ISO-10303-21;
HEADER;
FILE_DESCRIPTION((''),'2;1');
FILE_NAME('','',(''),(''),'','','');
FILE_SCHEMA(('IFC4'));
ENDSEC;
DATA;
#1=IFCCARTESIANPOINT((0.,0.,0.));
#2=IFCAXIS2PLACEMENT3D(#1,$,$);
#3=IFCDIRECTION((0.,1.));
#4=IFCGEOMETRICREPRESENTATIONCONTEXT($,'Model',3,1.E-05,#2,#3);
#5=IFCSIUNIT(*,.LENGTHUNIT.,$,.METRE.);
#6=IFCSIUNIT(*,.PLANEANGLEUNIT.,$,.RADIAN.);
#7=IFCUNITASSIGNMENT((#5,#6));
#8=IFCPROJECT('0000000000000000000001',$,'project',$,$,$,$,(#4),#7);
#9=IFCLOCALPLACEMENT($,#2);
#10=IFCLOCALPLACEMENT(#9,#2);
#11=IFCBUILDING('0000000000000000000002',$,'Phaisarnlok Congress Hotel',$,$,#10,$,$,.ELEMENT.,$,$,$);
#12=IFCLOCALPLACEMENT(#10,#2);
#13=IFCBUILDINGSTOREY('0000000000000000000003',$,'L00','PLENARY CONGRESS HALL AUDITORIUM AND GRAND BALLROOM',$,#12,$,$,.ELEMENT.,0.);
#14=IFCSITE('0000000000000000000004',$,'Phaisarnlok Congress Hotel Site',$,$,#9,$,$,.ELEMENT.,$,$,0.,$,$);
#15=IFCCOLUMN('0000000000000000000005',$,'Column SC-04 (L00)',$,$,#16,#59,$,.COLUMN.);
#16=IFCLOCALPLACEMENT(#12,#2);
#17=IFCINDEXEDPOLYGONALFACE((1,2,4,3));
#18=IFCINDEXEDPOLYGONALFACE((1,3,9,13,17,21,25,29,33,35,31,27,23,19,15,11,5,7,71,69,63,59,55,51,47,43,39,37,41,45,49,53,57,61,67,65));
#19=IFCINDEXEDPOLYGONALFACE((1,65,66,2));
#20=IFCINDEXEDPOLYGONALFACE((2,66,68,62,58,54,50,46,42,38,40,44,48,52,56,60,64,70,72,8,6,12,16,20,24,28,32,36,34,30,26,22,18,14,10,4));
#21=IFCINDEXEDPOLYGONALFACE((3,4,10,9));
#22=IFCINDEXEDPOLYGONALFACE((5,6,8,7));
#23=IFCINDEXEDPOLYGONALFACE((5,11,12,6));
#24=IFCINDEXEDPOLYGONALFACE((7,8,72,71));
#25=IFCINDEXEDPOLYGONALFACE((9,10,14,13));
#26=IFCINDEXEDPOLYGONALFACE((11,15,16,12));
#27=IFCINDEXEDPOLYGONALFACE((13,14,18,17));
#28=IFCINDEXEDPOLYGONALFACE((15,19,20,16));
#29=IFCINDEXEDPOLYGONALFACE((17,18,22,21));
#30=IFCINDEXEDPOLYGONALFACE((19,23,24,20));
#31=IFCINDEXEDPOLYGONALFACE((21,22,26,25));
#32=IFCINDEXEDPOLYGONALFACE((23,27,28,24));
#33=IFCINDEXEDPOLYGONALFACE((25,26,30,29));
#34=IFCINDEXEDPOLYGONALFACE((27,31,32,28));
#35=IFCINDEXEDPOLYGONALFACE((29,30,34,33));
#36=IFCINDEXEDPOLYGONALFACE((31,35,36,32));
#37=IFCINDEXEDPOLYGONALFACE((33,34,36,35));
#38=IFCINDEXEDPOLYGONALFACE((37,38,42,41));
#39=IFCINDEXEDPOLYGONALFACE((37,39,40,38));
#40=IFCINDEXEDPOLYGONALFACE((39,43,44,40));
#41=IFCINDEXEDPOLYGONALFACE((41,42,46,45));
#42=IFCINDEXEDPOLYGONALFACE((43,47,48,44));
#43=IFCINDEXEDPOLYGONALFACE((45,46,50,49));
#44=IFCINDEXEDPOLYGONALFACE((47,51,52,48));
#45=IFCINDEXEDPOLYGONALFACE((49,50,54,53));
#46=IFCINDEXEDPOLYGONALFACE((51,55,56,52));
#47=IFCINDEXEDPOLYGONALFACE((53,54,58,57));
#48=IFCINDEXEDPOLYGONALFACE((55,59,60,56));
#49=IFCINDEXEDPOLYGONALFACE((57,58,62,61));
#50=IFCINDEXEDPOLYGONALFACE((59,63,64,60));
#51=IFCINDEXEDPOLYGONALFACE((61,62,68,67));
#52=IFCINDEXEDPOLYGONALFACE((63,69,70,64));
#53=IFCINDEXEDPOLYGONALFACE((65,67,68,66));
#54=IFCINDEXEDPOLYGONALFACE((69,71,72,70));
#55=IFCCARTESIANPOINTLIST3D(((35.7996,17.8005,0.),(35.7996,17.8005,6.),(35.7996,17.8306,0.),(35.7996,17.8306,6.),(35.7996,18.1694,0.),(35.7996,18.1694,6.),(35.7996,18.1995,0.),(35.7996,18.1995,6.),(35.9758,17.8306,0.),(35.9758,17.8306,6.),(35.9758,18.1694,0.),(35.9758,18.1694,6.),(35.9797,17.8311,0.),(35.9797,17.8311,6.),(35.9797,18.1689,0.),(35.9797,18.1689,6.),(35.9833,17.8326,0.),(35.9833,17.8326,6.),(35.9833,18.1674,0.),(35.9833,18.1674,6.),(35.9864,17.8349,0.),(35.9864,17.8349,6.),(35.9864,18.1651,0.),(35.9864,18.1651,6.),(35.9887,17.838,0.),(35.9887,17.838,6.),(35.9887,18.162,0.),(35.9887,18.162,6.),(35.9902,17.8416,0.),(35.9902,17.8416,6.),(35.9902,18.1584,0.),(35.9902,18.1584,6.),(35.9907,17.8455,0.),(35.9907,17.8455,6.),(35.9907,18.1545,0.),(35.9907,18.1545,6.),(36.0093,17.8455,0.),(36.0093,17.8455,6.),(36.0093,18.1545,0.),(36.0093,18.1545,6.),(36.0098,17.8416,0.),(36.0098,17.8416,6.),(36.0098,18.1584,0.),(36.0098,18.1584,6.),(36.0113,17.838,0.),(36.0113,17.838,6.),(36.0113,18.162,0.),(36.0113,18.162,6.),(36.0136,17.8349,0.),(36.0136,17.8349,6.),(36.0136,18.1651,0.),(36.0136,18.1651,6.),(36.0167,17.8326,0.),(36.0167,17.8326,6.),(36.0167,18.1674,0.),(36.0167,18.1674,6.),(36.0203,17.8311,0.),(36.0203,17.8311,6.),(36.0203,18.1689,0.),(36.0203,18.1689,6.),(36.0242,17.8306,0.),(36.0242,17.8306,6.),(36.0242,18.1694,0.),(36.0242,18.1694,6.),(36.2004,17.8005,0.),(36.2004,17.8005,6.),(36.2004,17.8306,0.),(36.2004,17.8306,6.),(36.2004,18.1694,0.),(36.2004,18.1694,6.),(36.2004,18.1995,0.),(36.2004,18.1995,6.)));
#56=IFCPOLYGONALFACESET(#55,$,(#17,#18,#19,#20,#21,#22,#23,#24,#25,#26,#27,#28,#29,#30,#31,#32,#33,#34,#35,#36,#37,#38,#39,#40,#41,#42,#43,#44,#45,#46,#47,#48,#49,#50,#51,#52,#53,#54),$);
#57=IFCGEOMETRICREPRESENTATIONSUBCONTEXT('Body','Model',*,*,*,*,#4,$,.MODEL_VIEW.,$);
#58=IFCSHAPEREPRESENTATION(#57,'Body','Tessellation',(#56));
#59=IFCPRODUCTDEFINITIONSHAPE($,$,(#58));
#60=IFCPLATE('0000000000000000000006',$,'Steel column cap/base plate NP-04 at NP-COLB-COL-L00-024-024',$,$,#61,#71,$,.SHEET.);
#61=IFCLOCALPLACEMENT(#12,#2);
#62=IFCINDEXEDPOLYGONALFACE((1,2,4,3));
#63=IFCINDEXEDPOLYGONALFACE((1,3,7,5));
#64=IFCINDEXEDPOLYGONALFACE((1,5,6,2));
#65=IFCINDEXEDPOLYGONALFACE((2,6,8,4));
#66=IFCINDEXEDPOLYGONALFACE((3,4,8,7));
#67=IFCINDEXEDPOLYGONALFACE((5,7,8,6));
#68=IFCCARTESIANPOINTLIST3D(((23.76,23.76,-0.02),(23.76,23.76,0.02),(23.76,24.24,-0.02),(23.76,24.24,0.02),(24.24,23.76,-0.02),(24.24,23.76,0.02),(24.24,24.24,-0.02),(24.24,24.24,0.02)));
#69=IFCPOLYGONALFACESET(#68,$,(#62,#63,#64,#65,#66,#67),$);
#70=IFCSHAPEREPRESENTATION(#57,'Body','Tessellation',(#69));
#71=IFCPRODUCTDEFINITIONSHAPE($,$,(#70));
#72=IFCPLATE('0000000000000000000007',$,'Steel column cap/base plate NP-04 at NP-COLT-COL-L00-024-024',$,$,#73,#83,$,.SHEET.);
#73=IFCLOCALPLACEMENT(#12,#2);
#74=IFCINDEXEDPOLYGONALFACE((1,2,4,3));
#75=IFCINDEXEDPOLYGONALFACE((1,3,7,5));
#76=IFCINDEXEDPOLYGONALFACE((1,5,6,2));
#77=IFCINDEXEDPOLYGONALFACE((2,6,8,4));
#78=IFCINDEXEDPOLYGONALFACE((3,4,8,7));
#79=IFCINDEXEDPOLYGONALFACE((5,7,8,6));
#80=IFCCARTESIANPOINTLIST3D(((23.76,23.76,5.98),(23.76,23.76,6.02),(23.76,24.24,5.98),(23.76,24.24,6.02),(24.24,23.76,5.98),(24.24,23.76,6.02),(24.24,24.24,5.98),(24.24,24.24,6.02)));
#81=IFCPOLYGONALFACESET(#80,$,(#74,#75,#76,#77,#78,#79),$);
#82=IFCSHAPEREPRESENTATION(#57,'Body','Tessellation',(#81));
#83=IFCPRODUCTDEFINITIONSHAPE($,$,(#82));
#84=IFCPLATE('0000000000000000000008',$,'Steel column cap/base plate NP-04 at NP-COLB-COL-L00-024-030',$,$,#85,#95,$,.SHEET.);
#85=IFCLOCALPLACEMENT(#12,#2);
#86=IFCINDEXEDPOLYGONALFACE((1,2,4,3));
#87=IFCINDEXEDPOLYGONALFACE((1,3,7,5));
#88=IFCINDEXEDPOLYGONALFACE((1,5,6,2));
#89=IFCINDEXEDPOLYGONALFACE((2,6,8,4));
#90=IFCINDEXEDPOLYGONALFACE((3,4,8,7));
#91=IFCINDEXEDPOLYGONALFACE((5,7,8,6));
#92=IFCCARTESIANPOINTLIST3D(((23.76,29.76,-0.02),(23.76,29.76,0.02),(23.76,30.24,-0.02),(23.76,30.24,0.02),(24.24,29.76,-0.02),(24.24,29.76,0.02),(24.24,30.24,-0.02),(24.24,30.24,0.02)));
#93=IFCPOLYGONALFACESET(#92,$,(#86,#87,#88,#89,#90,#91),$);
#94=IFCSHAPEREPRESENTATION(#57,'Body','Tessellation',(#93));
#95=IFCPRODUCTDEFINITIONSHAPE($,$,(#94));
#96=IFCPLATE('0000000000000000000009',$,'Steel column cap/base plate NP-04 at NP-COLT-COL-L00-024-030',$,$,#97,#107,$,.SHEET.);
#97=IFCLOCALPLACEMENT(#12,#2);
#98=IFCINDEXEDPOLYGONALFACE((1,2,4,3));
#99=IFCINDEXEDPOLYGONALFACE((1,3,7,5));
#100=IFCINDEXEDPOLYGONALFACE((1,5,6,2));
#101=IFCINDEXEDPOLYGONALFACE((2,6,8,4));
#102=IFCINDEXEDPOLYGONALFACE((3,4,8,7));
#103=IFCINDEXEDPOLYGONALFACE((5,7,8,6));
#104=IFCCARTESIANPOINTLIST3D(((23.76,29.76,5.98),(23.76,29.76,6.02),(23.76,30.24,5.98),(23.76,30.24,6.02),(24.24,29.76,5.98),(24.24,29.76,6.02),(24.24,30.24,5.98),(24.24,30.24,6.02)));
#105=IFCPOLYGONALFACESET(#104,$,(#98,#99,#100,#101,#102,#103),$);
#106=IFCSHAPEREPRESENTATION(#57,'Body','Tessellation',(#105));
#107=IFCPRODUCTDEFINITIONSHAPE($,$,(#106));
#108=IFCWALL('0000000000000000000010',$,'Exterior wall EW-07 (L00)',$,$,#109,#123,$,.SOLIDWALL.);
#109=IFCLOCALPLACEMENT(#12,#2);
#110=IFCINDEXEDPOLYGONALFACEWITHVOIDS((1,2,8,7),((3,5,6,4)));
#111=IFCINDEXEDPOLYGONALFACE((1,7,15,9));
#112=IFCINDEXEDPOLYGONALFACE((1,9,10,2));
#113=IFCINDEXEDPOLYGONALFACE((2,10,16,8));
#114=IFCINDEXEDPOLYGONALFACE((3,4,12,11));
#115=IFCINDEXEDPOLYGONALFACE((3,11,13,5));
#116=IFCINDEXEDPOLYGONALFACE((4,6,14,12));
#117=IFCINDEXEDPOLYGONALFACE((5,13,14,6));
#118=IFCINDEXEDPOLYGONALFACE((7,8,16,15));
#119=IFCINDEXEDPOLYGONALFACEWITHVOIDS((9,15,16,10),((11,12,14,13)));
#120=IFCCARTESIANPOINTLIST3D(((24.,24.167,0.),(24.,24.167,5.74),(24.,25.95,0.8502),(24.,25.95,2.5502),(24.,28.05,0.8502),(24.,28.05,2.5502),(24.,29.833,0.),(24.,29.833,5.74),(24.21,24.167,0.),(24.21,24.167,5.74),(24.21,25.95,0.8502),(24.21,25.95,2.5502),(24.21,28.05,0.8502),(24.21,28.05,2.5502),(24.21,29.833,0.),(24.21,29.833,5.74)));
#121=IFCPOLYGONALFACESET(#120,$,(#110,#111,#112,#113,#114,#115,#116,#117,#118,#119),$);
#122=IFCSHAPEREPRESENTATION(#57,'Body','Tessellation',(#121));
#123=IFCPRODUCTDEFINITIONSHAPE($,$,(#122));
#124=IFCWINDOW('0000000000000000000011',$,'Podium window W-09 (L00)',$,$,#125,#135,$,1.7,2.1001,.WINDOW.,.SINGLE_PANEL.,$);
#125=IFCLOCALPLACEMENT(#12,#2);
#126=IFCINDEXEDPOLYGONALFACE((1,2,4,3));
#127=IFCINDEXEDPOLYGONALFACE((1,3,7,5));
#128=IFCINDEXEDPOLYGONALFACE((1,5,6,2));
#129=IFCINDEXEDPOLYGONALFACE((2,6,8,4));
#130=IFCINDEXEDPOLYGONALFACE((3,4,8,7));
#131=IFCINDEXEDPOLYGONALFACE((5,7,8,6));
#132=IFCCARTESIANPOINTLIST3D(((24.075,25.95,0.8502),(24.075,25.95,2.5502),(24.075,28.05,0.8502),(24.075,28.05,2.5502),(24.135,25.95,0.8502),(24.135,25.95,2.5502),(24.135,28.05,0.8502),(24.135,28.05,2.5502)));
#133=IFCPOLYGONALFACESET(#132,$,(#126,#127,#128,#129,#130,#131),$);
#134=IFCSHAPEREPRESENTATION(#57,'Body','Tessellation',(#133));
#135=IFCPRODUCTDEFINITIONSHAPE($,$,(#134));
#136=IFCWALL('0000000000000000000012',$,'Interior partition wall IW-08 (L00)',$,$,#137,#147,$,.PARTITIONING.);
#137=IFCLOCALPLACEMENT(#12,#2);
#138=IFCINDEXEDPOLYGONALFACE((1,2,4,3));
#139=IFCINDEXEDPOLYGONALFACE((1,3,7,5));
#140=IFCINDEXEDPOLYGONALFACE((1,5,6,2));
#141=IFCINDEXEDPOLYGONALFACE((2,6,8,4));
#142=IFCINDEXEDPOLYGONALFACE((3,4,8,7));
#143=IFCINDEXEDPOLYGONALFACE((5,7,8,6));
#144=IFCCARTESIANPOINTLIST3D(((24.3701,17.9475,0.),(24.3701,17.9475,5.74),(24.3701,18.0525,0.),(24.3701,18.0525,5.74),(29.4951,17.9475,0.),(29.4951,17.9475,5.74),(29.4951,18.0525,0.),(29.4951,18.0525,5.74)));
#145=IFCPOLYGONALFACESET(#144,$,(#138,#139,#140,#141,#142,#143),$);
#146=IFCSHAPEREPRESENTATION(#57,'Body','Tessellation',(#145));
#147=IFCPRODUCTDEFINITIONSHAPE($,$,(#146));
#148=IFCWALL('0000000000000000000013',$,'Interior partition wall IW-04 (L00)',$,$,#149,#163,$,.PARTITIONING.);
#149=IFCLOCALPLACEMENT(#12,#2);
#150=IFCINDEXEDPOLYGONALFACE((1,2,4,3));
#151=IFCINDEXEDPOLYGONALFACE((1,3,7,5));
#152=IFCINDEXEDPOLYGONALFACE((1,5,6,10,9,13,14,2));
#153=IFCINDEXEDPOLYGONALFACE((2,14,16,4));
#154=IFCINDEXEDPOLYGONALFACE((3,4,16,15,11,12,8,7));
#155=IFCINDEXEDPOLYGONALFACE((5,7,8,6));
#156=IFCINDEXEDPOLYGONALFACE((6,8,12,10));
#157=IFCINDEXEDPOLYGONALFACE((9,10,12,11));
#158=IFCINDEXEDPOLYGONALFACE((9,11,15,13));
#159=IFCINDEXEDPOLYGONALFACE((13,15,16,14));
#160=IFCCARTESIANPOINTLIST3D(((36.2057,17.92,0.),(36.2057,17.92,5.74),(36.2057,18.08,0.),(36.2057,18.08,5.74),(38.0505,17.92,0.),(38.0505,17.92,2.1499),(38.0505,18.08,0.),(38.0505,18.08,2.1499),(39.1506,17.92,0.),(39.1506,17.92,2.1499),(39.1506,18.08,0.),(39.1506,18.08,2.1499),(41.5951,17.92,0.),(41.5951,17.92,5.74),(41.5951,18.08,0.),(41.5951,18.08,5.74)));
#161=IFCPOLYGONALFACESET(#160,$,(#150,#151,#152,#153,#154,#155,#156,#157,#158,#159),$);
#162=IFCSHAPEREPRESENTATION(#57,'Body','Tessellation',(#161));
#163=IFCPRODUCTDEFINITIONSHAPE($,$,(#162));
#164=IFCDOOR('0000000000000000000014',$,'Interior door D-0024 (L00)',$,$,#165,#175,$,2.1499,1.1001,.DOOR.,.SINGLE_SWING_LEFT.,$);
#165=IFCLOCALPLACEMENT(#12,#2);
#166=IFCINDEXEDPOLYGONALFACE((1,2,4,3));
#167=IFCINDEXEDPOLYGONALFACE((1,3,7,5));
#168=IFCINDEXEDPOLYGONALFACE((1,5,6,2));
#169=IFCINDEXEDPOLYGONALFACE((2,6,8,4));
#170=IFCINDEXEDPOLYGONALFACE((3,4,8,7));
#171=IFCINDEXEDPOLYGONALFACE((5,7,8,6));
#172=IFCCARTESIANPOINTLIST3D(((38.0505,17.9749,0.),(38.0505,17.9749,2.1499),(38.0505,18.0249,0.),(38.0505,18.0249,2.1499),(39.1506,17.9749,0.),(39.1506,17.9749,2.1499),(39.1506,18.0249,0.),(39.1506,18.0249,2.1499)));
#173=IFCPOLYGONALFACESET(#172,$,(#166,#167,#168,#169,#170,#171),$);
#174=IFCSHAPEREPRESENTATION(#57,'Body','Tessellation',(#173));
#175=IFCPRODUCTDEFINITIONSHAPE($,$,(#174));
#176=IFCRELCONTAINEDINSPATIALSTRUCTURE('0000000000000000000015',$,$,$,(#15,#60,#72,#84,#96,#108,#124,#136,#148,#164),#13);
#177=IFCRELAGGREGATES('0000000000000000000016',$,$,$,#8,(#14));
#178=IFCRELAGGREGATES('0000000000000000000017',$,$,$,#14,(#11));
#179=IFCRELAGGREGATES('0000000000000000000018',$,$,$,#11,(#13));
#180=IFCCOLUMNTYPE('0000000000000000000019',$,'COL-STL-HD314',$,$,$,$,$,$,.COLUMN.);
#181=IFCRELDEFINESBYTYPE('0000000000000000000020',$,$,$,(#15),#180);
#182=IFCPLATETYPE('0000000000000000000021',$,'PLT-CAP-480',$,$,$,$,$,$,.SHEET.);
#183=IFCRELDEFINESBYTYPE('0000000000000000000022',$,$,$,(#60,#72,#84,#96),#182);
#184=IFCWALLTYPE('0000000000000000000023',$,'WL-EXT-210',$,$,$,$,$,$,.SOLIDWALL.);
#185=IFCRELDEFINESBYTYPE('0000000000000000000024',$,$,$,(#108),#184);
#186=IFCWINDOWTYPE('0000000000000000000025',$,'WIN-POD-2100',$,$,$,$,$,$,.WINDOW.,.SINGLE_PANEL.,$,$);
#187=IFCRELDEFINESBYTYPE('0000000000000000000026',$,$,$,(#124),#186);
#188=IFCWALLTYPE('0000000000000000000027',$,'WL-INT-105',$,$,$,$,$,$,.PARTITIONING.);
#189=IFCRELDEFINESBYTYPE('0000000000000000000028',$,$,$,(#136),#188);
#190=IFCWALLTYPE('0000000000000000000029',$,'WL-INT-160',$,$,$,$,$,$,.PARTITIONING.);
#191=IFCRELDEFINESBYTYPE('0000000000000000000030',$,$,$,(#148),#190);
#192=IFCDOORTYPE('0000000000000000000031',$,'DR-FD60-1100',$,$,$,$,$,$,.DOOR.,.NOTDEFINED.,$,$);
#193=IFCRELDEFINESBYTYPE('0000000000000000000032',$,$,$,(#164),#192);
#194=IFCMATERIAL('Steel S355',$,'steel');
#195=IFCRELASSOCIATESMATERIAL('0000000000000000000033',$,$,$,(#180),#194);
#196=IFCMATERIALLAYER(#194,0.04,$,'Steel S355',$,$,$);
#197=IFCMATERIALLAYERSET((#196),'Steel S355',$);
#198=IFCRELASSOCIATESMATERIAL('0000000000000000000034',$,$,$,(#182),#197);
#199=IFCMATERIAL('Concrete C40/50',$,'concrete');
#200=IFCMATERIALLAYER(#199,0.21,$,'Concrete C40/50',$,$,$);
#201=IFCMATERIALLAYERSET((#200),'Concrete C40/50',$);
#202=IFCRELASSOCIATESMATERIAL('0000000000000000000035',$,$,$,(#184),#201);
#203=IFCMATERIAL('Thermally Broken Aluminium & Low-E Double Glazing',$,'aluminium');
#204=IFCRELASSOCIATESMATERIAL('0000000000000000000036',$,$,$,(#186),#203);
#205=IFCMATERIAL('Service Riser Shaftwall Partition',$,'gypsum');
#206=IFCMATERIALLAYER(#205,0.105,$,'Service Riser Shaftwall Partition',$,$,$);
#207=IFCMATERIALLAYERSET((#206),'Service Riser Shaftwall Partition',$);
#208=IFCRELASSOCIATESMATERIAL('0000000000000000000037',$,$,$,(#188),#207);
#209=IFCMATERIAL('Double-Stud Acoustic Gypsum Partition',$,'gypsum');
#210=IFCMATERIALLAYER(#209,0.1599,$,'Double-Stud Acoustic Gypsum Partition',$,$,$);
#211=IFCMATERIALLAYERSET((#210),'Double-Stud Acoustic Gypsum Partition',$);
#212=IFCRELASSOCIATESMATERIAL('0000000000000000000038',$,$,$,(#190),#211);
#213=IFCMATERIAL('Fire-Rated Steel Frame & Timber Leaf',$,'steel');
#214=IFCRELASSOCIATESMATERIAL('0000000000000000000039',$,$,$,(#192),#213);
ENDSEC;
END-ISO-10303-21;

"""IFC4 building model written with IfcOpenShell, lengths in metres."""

from ifc_helpers import new_model, si_unit, direction, frame, frame_2d, origin, origin_2d, place, context, subcontext, project, spatial, rectangle, i_section, extrude, material, layer, layer_set, material_profile, profile_set, type_object, element, fill, save


model = new_model("IFC4")

# Units and contexts
model_context = context("Model", 3, precision=1e-05, world=origin(), true_north=direction((0.0, 1.0)))
body_context = subcontext(model_context, "Body", "Model", "MODEL_VIEW")
ifc_project = project(units=[si_unit("LENGTHUNIT", "METRE"), si_unit("PLANEANGLEUNIT", "RADIAN")], contexts=[model_context])

# Site, building, storey
site_placement = place(None, origin())
site = spatial("IfcSite", under=ifc_project, at=site_placement, Name="Phaisarnlok Congress Hotel Site", CompositionType="ELEMENT", RefElevation=0.0)
building_placement = place(site_placement, origin())
building = spatial("IfcBuilding", under=site, at=building_placement, Name="Phaisarnlok Congress Hotel", CompositionType="ELEMENT")
storey_placement = place(building_placement, origin())
storey = spatial("IfcBuildingStorey", under=building, at=storey_placement, Name="L00", Description="PLENARY CONGRESS HALL AUDITORIUM AND GRAND BALLROOM", CompositionType="ELEMENT", Elevation=0.0)

# Column
ifc_material_1 = material(Name="Steel S355", Category="steel")
ifc_material_profile_1 = material_profile(ifc_material_1, i_section(OverallWidth=0.4009, OverallDepth=0.3989, WebThickness=0.0186, FlangeThickness=0.03, FilletRadius=0.0149, at=origin_2d()), Name="HD 400x314")
ifc_profile_set_1 = profile_set([ifc_material_profile_1], Name="Steel S355")
column_type_1 = type_object("IfcColumnType", Name="COL-STL-HD314", PredefinedType="COLUMN", material=ifc_profile_set_1)
for number, where, z_axis, x_axis, name in (
    (1, (36.0, 18.0, 0.0), (0.0, 0.0, 1.0), (1.0, 0.0, 0.0), "Column SC-04 (L00)"),
):
    element("IfcColumn", number, at=place(storey_placement, frame(where, z_axis=z_axis, x_axis=x_axis)), inside=storey, type_object=column_type_1, Name=name, PredefinedType="COLUMN", context=body_context, shape_type="SweptSolid", body=[
        extrude(i_section(OverallWidth=0.4009, OverallDepth=0.3989, WebThickness=0.0186, FlangeThickness=0.03, FilletRadius=0.0149, at=origin_2d()), origin(), (0.0, 0.0, 1.0), 6.0),
    ])

# Plates
ifc_layer_1 = layer(ifc_material_1, 0.04, Name="Steel S355")
ifc_layer_set_1 = layer_set([ifc_layer_1], Name="Steel S355")
plate_type = type_object("IfcPlateType", Name="PLT-CAP-480", PredefinedType="SHEET", material=ifc_layer_set_1)
for number, where, z_axis, x_axis, name in (
    (2, (24.0, 24.0, -0.02), (0.0, 0.0, 1.0), (1.0, 0.0, 0.0), "Steel column cap/base plate NP-04 at NP-COLB-COL-L00-024-024"),
    (3, (24.0, 24.0, 5.98), (0.0, 0.0, 1.0), (1.0, 0.0, 0.0), "Steel column cap/base plate NP-04 at NP-COLT-COL-L00-024-024"),
    (4, (24.0, 30.0, -0.02), (0.0, 0.0, 1.0), (1.0, 0.0, 0.0), "Steel column cap/base plate NP-04 at NP-COLB-COL-L00-024-030"),
    (5, (24.0, 30.0, 5.98), (0.0, 0.0, 1.0), (1.0, 0.0, 0.0), "Steel column cap/base plate NP-04 at NP-COLT-COL-L00-024-030"),
):
    element("IfcPlate", number, at=place(storey_placement, frame(where, z_axis=z_axis, x_axis=x_axis)), inside=storey, type_object=plate_type, Name=name, PredefinedType="SHEET", context=body_context, shape_type="SweptSolid", body=[
        extrude(rectangle(XDim=0.48, YDim=0.48, at=origin_2d()), origin(), (0.0, 0.0, 1.0), 0.04),
    ])

# Wall, opening, window
ifc_material_2 = material(Name="Concrete C40/50", Category="concrete")
ifc_layer_2 = layer(ifc_material_2, 0.21, Name="Concrete C40/50")
ifc_layer_set_2 = layer_set([ifc_layer_2], Name="Concrete C40/50")
wall_type_1 = type_object("IfcWallType", Name="WL-EXT-210", PredefinedType="SOLIDWALL", material=ifc_layer_set_2)
wall_1_placement = place(storey_placement, frame((24.105, 29.833, 0.0), z_axis=(0.0, 0.0, 1.0), x_axis=(0.0, -1.0, 0.0)))
wall_1 = element("IfcWall", 6, at=wall_1_placement, inside=storey, type_object=wall_type_1, Name="Exterior wall EW-07 (L00)", PredefinedType="SOLIDWALL", context=body_context, shape_type="SweptSolid", body=[
    extrude(rectangle(XDim=5.666, YDim=0.21, at=frame_2d((2.833, 0.0))), origin(), (0.0, 0.0, 1.0), 5.74),
])
opening_1_placement = place(wall_1_placement, frame((1.783, 0.0, 0.8501)))
opening_1 = element("IfcOpeningElement", 7, at=opening_1_placement, cuts=wall_1, PredefinedType="OPENING", context=body_context, shape_type="SweptSolid", body=[
    extrude(rectangle(XDim=2.1001, YDim=1.7, at=frame_2d((1.05, 0.8501))), frame((0.0, 0.115, 0.0), z_axis=(0.0, -1.0, 0.0), x_axis=(1.0, 0.0, 0.0)), (0.0, 0.0, 1.0), 0.23),
])
ifc_material_3 = material(Name="Thermally Broken Aluminium & Low-E Double Glazing", Category="aluminium")
window_type = type_object("IfcWindowType", Name="WIN-POD-2100", PartitioningType="SINGLE_PANEL", PredefinedType="WINDOW", material=ifc_material_3)
window_placement = place(opening_1_placement, origin())
window = element("IfcWindow", 8, at=window_placement, inside=storey, type_object=window_type, Name="Podium window W-09 (L00)", OverallHeight=1.7, OverallWidth=2.1001, PartitioningType="SINGLE_PANEL", PredefinedType="WINDOW", context=body_context, shape_type="SweptSolid", body=[
    extrude(rectangle(XDim=2.1001, YDim=1.7, at=frame_2d((1.05, 0.8501))), frame((0.0, 0.03, 0.0), z_axis=(0.0, -1.0, 0.0), x_axis=(1.0, 0.0, 0.0)), (0.0, 0.0, 1.0), 0.0601),
])
fill(opening_1, window)

# Wall
ifc_material_4 = material(Name="Service Riser Shaftwall Partition", Category="gypsum")
ifc_layer_3 = layer(ifc_material_4, 0.105, Name="Service Riser Shaftwall Partition")
ifc_layer_set_3 = layer_set([ifc_layer_3], Name="Service Riser Shaftwall Partition")
wall_type_2 = type_object("IfcWallType", Name="WL-INT-105", PredefinedType="PARTITIONING", material=ifc_layer_set_3)
wall_2_placement = place(storey_placement, frame((24.3701, 18.0, 0.0), z_axis=(0.0, 0.0, 1.0), x_axis=(1.0, 0.0, 0.0)))
element("IfcWall", 9, at=wall_2_placement, inside=storey, type_object=wall_type_2, Name="Interior partition wall IW-08 (L00)", PredefinedType="PARTITIONING", context=body_context, shape_type="SweptSolid", body=[
    extrude(rectangle(XDim=5.125, YDim=0.105, at=frame_2d((2.5625, 0.0))), origin(), (0.0, 0.0, 1.0), 5.74),
])

# Wall, opening, door
ifc_material_5 = material(Name="Double-Stud Acoustic Gypsum Partition", Category="gypsum")
ifc_layer_4 = layer(ifc_material_5, 0.1599, Name="Double-Stud Acoustic Gypsum Partition")
ifc_layer_set_4 = layer_set([ifc_layer_4], Name="Double-Stud Acoustic Gypsum Partition")
wall_type_3 = type_object("IfcWallType", Name="WL-INT-160", PredefinedType="PARTITIONING", material=ifc_layer_set_4)
wall_3_placement = place(storey_placement, frame((36.2056, 18.0, 0.0), z_axis=(0.0, 0.0, 1.0), x_axis=(1.0, 0.0, 0.0)))
wall_3 = element("IfcWall", 10, at=wall_3_placement, inside=storey, type_object=wall_type_3, Name="Interior partition wall IW-04 (L00)", PredefinedType="PARTITIONING", context=body_context, shape_type="SweptSolid", body=[
    extrude(rectangle(XDim=5.3894, YDim=0.1599, at=frame_2d((2.6948, 0.0))), origin(), (0.0, 0.0, 1.0), 5.74),
])
opening_2_placement = place(wall_3_placement, frame((1.845, 0.0, 0.0)))
opening_2 = element("IfcOpeningElement", 11, at=opening_2_placement, cuts=wall_3, PredefinedType="OPENING", context=body_context, shape_type="SweptSolid", body=[
    extrude(rectangle(XDim=1.1001, YDim=2.1499, at=frame_2d((0.55, 1.075))), frame((0.0, 0.0898, 0.0), z_axis=(0.0, -1.0, 0.0), x_axis=(1.0, 0.0, 0.0)), (0.0, 0.0, 1.0), 0.1799),
])
ifc_material_6 = material(Name="Fire-Rated Steel Frame & Timber Leaf", Category="steel")
door_type = type_object("IfcDoorType", Name="DR-FD60-1100", OperationType="NOTDEFINED", PredefinedType="DOOR", material=ifc_material_6)
door_placement = place(opening_2_placement, origin())
door = element("IfcDoor", 12, at=door_placement, inside=storey, type_object=door_type, Name="Interior door D-0024 (L00)", OperationType="SINGLE_SWING_LEFT", OverallHeight=2.1499, OverallWidth=1.1001, PredefinedType="DOOR", context=body_context, shape_type="SweptSolid", body=[
    extrude(rectangle(XDim=1.1001, YDim=2.1499, at=frame_2d((0.55, 1.075))), frame((0.0, 0.0249, 0.0), z_axis=(0.0, -1.0, 0.0), x_axis=(1.0, 0.0, 0.0)), (0.0, 0.0, 1.0), 0.05),
])
fill(opening_2, door)

save(model, "model.ifc")
